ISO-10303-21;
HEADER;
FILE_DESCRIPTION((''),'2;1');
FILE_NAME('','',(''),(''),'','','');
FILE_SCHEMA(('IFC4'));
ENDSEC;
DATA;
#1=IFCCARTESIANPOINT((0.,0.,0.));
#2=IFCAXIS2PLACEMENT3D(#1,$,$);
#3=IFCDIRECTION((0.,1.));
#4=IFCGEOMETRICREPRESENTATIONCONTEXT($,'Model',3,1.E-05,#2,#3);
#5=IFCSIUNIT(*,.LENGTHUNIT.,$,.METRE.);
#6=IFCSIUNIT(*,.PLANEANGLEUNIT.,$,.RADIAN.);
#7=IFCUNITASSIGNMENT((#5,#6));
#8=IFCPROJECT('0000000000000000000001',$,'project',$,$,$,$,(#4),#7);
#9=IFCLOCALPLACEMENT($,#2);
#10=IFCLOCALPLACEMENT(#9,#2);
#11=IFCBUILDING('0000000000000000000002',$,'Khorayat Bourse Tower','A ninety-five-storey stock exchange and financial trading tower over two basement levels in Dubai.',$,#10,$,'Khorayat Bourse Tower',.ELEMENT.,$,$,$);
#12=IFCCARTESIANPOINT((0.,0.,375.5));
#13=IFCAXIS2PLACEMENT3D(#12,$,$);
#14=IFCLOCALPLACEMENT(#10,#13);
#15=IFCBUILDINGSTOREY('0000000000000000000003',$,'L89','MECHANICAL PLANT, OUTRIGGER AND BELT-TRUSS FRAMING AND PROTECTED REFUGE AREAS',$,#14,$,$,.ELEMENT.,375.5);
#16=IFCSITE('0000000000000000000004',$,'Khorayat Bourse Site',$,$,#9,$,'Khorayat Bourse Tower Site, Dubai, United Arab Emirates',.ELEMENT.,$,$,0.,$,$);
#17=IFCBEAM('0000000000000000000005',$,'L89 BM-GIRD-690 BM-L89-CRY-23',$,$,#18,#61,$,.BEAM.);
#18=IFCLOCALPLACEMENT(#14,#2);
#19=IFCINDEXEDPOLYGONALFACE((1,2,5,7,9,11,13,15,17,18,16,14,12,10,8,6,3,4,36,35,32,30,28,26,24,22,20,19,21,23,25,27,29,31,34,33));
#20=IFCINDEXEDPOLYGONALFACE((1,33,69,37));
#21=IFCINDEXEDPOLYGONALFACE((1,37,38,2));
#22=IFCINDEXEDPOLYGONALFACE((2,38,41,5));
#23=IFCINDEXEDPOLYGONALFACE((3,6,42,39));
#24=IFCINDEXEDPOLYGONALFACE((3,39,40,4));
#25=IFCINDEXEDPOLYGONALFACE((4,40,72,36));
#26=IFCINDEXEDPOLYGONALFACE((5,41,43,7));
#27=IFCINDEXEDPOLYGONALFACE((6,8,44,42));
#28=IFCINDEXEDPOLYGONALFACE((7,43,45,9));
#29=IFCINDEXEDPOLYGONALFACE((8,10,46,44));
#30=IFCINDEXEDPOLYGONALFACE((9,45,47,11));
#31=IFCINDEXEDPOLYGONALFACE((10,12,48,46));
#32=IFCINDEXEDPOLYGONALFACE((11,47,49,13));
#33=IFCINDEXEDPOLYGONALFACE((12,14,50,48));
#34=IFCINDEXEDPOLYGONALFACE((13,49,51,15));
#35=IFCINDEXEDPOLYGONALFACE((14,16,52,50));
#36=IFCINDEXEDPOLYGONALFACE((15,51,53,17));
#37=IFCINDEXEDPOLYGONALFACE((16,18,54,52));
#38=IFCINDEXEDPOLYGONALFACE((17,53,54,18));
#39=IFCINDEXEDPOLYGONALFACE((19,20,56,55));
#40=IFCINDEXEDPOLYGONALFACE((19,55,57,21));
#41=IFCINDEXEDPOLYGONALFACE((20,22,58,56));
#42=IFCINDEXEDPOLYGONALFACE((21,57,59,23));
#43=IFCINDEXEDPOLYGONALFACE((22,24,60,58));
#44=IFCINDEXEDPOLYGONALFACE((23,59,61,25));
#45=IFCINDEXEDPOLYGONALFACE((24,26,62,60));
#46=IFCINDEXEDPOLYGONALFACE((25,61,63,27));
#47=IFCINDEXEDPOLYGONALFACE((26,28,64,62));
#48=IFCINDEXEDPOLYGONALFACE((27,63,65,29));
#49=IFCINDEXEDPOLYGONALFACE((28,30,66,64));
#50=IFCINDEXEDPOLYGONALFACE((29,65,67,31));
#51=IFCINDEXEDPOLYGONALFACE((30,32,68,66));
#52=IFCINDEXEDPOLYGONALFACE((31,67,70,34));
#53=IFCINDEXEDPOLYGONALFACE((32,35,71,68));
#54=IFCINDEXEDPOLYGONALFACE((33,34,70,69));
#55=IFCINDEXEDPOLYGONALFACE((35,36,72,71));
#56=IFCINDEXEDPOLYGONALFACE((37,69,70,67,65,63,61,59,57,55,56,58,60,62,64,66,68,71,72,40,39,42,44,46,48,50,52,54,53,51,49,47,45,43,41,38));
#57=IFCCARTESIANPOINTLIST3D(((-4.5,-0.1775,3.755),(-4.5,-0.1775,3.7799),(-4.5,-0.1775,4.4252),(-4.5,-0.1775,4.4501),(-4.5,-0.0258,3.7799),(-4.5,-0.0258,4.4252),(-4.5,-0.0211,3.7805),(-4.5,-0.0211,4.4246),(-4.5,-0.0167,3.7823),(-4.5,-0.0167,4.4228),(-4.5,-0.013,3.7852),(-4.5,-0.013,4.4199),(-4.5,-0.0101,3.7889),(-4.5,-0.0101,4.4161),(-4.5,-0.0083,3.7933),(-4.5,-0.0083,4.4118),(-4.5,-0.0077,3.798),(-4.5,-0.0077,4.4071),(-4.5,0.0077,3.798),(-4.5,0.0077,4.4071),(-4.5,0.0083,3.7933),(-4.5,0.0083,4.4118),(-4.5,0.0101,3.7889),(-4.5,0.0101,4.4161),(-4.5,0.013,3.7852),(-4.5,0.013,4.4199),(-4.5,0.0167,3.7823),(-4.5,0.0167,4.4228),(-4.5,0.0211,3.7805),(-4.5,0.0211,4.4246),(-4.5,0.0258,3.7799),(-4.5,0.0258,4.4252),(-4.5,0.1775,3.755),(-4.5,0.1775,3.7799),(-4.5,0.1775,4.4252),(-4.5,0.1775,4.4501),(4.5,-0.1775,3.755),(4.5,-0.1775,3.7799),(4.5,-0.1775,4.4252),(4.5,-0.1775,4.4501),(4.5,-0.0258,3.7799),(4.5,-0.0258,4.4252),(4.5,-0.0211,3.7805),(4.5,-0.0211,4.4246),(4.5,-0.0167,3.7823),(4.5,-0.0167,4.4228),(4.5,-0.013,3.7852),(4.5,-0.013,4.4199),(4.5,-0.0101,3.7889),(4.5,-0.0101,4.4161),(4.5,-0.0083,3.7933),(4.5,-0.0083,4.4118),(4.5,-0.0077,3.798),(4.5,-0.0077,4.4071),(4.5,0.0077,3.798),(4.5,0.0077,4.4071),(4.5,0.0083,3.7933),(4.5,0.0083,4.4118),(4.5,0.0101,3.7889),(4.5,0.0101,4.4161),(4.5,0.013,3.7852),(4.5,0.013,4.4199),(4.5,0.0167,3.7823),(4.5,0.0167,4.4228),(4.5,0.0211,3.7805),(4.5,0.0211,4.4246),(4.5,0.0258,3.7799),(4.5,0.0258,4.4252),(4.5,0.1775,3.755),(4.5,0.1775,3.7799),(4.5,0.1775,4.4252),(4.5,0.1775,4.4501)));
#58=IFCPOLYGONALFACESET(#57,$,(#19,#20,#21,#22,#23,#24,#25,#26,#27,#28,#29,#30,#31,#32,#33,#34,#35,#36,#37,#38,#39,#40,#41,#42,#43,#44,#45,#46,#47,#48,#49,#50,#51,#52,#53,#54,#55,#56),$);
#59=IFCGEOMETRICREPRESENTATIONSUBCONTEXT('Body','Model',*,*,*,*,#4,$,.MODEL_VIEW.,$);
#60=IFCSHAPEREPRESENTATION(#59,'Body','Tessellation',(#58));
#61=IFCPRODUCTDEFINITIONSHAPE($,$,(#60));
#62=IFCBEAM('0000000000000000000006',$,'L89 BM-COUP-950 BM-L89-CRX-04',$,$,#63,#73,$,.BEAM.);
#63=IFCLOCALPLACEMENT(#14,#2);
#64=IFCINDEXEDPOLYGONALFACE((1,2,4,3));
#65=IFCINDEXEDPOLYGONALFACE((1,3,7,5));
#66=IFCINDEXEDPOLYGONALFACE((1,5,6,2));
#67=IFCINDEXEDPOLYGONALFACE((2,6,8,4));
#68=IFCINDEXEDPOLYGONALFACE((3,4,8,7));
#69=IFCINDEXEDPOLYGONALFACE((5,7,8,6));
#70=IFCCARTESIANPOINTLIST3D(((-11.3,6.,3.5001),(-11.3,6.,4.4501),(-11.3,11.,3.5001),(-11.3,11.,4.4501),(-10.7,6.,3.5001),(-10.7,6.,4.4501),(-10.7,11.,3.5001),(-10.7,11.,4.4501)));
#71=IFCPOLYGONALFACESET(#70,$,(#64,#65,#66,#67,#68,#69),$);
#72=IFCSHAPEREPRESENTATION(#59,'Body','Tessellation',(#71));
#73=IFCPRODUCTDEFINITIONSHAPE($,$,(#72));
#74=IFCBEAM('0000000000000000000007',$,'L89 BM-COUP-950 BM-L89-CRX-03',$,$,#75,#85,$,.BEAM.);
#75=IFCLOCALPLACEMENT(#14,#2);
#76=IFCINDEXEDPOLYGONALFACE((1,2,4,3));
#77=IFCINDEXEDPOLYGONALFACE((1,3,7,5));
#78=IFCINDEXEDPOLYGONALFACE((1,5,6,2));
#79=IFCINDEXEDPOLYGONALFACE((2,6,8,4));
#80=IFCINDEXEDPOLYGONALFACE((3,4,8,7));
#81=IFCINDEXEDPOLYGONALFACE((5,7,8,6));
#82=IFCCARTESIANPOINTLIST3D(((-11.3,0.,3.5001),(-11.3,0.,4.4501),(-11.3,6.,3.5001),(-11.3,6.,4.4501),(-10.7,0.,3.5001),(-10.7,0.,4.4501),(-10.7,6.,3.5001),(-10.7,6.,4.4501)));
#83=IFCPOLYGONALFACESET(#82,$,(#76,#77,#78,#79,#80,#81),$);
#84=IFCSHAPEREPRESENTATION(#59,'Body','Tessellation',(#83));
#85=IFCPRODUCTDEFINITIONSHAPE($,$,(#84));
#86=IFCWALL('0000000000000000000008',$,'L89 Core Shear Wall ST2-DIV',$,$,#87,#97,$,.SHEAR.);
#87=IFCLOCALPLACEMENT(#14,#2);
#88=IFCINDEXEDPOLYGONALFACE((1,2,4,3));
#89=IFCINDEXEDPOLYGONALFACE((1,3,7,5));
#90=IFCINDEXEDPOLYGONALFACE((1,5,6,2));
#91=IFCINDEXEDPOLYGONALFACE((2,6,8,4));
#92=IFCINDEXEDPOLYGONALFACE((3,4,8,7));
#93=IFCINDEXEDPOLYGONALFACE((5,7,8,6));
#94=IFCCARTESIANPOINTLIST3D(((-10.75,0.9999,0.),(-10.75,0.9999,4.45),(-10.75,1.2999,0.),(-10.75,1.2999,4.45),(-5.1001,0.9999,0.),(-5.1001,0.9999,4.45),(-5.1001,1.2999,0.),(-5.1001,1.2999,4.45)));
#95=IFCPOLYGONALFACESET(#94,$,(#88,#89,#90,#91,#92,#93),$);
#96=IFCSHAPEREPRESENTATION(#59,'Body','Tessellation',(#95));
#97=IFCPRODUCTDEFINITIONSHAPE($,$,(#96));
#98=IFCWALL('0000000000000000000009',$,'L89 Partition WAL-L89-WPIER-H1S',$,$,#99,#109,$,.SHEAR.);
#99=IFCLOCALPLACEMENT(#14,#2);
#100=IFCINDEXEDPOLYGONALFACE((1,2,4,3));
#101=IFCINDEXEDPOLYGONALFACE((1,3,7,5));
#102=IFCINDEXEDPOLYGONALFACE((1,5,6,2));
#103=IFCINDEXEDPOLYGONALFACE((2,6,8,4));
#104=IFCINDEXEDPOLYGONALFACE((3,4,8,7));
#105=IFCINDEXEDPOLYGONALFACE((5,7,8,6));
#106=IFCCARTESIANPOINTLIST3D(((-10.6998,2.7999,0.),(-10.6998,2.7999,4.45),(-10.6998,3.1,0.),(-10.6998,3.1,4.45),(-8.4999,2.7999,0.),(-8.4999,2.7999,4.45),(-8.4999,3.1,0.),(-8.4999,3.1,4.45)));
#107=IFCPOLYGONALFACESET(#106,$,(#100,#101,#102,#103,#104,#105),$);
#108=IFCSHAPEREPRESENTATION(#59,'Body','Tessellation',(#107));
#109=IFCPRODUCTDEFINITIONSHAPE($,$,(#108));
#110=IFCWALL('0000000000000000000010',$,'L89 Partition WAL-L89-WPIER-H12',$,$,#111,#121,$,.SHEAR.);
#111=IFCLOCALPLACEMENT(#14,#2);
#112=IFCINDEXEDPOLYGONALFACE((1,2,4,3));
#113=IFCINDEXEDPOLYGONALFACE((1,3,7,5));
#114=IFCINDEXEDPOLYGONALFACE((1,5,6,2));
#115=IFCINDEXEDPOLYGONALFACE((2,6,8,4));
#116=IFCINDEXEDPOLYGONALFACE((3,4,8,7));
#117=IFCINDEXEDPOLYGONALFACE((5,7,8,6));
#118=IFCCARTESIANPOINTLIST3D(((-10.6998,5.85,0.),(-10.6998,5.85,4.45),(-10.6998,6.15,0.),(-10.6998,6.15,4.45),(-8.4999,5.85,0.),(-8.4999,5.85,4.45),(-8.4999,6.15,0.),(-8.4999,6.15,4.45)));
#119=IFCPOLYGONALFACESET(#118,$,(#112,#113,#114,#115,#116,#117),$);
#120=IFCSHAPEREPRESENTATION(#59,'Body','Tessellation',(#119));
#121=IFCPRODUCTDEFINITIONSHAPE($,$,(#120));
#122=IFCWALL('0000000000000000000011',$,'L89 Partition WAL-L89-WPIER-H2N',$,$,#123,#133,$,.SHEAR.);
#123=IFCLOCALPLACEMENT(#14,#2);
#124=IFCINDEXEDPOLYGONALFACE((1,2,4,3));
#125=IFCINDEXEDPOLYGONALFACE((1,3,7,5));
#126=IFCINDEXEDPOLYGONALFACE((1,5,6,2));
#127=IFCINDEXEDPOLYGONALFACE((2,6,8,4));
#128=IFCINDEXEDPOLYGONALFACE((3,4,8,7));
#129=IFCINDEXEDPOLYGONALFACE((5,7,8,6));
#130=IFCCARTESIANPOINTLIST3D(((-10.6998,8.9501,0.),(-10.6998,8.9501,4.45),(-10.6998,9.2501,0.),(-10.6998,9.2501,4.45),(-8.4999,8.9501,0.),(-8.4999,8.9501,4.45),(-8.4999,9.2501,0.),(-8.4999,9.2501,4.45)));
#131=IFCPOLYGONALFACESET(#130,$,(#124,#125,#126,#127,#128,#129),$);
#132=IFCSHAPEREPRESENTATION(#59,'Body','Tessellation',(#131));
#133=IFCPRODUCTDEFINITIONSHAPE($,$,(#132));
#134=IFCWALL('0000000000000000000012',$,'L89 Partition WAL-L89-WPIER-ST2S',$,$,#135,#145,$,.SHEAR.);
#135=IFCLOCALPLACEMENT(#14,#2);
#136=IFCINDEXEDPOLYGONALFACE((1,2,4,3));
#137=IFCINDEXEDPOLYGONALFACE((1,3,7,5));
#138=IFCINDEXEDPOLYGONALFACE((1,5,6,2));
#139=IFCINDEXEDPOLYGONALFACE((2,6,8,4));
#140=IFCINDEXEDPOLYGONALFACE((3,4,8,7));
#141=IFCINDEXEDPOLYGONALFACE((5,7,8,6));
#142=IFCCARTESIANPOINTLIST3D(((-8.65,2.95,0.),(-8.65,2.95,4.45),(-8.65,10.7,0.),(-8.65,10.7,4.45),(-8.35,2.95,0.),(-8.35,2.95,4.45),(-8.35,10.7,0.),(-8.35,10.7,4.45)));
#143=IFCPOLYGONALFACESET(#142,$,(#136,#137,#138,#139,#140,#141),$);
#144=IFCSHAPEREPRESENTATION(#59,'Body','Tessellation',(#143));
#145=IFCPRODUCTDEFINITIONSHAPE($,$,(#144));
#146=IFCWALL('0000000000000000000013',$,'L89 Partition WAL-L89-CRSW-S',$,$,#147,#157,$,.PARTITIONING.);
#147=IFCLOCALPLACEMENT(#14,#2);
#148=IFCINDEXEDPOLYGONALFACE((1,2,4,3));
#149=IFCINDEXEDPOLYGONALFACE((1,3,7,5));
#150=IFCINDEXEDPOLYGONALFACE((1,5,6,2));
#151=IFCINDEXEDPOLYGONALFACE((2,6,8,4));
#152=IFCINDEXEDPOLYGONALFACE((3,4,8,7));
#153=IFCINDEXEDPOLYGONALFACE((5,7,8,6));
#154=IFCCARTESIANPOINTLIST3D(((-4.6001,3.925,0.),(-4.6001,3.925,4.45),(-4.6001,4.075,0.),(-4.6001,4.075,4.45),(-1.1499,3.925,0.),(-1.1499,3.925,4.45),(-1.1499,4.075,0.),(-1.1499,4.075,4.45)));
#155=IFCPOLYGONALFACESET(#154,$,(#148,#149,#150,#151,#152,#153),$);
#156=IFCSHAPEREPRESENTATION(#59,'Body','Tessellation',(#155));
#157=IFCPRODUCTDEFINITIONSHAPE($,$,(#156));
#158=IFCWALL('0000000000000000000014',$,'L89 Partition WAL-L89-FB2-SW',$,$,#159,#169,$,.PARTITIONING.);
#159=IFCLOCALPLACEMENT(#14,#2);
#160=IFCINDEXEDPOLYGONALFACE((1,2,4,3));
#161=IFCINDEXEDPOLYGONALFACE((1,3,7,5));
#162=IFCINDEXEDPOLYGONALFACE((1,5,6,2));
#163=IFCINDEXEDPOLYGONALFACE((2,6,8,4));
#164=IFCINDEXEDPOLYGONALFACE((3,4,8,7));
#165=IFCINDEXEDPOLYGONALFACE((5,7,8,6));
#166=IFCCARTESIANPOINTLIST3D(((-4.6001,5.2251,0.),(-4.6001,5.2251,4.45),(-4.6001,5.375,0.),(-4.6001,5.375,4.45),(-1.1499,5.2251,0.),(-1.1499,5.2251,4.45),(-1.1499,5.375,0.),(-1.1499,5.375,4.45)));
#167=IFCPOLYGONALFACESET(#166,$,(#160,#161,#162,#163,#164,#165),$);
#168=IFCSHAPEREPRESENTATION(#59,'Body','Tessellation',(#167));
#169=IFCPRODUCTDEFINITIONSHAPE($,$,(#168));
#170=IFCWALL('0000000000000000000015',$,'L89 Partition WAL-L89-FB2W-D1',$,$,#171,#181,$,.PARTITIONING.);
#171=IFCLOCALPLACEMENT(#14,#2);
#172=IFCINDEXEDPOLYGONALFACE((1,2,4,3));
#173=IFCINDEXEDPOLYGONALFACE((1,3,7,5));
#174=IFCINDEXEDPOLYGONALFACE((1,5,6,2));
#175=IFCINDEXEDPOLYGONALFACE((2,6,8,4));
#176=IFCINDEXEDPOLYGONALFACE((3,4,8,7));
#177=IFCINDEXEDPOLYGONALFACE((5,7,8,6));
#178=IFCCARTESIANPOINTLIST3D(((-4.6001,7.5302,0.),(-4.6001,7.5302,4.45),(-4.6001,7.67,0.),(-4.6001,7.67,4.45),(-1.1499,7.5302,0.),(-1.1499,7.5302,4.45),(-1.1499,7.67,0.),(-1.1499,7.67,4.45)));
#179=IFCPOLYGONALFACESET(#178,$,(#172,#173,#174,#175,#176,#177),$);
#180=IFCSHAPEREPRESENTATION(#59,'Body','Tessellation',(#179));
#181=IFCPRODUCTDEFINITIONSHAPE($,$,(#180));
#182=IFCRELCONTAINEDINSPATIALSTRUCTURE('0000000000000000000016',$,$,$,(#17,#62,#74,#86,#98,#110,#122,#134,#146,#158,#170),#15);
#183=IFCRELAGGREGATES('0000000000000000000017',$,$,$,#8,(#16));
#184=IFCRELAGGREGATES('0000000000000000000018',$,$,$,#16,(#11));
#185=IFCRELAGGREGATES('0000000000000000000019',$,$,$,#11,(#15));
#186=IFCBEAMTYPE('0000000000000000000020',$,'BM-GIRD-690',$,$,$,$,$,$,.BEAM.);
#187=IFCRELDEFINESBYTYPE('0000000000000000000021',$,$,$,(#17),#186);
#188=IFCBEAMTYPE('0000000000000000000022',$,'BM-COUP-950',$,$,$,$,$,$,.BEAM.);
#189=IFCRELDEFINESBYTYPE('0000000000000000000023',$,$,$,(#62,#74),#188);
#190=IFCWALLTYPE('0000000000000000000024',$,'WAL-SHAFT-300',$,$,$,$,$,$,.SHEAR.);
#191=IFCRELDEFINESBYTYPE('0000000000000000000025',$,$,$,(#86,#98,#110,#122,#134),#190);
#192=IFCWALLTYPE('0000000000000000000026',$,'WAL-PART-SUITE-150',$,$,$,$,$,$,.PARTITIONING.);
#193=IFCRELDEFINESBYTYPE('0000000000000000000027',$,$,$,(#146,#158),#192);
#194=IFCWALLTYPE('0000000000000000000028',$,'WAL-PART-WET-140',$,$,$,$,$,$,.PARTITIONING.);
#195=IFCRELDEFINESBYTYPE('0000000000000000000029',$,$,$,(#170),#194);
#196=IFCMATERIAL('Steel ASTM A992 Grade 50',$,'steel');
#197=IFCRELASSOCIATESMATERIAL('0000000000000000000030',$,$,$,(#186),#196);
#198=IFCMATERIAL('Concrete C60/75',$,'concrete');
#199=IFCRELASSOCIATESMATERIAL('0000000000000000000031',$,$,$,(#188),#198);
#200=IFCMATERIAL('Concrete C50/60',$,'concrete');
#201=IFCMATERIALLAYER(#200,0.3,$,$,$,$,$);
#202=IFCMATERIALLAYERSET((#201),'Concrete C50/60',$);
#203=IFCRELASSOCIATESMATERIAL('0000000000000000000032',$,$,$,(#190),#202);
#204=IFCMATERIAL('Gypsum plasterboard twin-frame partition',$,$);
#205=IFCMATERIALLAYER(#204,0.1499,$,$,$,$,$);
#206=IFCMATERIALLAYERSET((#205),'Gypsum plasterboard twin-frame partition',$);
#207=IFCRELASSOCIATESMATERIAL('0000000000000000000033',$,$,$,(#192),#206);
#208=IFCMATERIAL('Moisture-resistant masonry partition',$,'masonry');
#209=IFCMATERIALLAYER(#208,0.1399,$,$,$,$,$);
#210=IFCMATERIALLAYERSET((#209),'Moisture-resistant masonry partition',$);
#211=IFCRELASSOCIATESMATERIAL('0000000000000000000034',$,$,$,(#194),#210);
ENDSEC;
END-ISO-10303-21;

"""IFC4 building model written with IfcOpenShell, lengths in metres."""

from ifc_helpers import new_model, si_unit, direction, frame, frame_2d, origin, origin_2d, place, context, subcontext, project, spatial, rectangle, i_section, extrude, source, transform, mapped, material, layer, layer_set, material_profile, profile_set, type_object, element, save


model = new_model("IFC4")

# Units and contexts
model_context = context("Model", 3, precision=1e-05, world=origin(), true_north=direction((0.0, 1.0)))
body_context = subcontext(model_context, "Body", "Model", "MODEL_VIEW")
ifc_project = project(units=[si_unit("LENGTHUNIT", "METRE"), si_unit("PLANEANGLEUNIT", "RADIAN")], contexts=[model_context])

# Site, building, storey
site_placement = place(None, origin())
site = spatial("IfcSite", under=ifc_project, at=site_placement, Name="Khorayat Bourse Site", LongName="Khorayat Bourse Tower Site, Dubai, United Arab Emirates", CompositionType="ELEMENT", RefElevation=0.0)
building_placement = place(site_placement, origin())
building = spatial("IfcBuilding", under=site, at=building_placement, Name="Khorayat Bourse Tower", Description="A ninety-five-storey stock exchange and financial trading tower over two basement levels in Dubai.", LongName="Khorayat Bourse Tower", CompositionType="ELEMENT")
storey_placement = place(building_placement, frame((0.0, 0.0, 375.5)))
storey = spatial("IfcBuildingStorey", under=building, at=storey_placement, Name="L89", Description="MECHANICAL PLANT, OUTRIGGER AND BELT-TRUSS FRAMING AND PROTECTED REFUGE AREAS", CompositionType="ELEMENT", Elevation=375.5)

# Beams
ifc_material_1 = material(Name="Steel ASTM A992 Grade 50", Category="steel")
ifc_material_profile_1 = material_profile(ifc_material_1, i_section(OverallWidth=0.355, OverallDepth=0.6951, WebThickness=0.0154, FlangeThickness=0.0249, FilletRadius=0.0181, at=origin_2d()), Name="W690X217")
ifc_profile_set_1 = profile_set([ifc_material_profile_1], Name="Steel ASTM A992 Grade 50")
beam_type_1 = type_object("IfcBeamType", Name="BM-GIRD-690", PredefinedType="BEAM", material=ifc_profile_set_1)
shared_shape_1 = source(origin(), body_context, "Body", "SweptSolid", [
    extrude(i_section(OverallWidth=0.355, OverallDepth=0.6951, WebThickness=0.0154, FlangeThickness=0.0249, FilletRadius=0.0181, at=origin_2d()), origin(), (0.0, 0.0, 1.0), 9.0),
])
beam_1_placement = place(storey_placement, frame((-4.5, 0.0, 4.1025), z_axis=(1.0, 0.0, 0.0), x_axis=(0.0, 1.0, 0.0)))
element("IfcBeam", 1, at=beam_1_placement, inside=storey, type_object=beam_type_1, Name="L89 BM-GIRD-690 BM-L89-CRY-23", PredefinedType="BEAM", context=body_context, shape_type="MappedRepresentation", body=[
    mapped(shared_shape_1, transform((0.0, 0.0, 0.0), scale=1.0)),
])
ifc_material_2 = material(Name="Concrete C60/75", Category="concrete")
ifc_material_profile_2 = material_profile(ifc_material_2, rectangle(XDim=0.6001, YDim=0.95, at=origin_2d()), Name="RC 600x950")
ifc_profile_set_2 = profile_set([ifc_material_profile_2], Name="Concrete C60/75")
beam_type_2 = type_object("IfcBeamType", Name="BM-COUP-950", PredefinedType="BEAM", material=ifc_profile_set_2)
shared_shape_2 = source(origin(), body_context, "Body", "SweptSolid", [
    extrude(rectangle(XDim=0.6001, YDim=0.95, at=origin_2d()), origin(), (0.0, 0.0, 1.0), 5.0),
])
beam_2_placement = place(storey_placement, frame((-11.0, 6.0, 3.9751), z_axis=(0.0, 1.0, 0.0), x_axis=(-1.0, 0.0, 0.0)))
element("IfcBeam", 2, at=beam_2_placement, inside=storey, type_object=beam_type_2, Name="L89 BM-COUP-950 BM-L89-CRX-04", PredefinedType="BEAM", context=body_context, shape_type="MappedRepresentation", body=[
    mapped(shared_shape_2, transform((0.0, 0.0, 0.0), scale=1.0)),
])
shared_shape_3 = source(origin(), body_context, "Body", "SweptSolid", [
    extrude(rectangle(XDim=0.6001, YDim=0.95, at=origin_2d()), origin(), (0.0, 0.0, 1.0), 6.0),
])
beam_3_placement = place(storey_placement, frame((-11.0, 0.0, 3.9751), z_axis=(0.0, 1.0, 0.0), x_axis=(-1.0, 0.0, 0.0)))
element("IfcBeam", 3, at=beam_3_placement, inside=storey, type_object=beam_type_2, Name="L89 BM-COUP-950 BM-L89-CRX-03", PredefinedType="BEAM", context=body_context, shape_type="MappedRepresentation", body=[
    mapped(shared_shape_3, transform((0.0, 0.0, 0.0), scale=1.0)),
])

# Walls
ifc_material_3 = material(Name="Concrete C50/60", Category="concrete")
ifc_layer_1 = layer(ifc_material_3, 0.3)
ifc_layer_set_1 = layer_set([ifc_layer_1], Name="Concrete C50/60")
wall_type_1 = type_object("IfcWallType", Name="WAL-SHAFT-300", PredefinedType="SHEAR", material=ifc_layer_set_1)
shared_shape_4 = source(origin(), body_context, "Body", "SweptSolid", [
    extrude(rectangle(XDim=5.6499, YDim=0.3, at=frame_2d((2.825, 0.0))), origin(), (0.0, 0.0, 1.0), 4.45),
])
wall_1_placement = place(storey_placement, frame((-10.75, 1.1499, 0.0), z_axis=(0.0, 0.0, 1.0), x_axis=(1.0, 0.0, 0.0)))
element("IfcWall", 4, at=wall_1_placement, inside=storey, type_object=wall_type_1, Name="L89 Core Shear Wall ST2-DIV", PredefinedType="SHEAR", context=body_context, shape_type="MappedRepresentation", body=[
    mapped(shared_shape_4, transform((0.0, 0.0, 0.0), scale=1.0)),
])
shared_shape_5 = source(origin(), body_context, "Body", "SweptSolid", [
    extrude(rectangle(XDim=2.2, YDim=0.3, at=frame_2d((1.1001, 0.0))), origin(), (0.0, 0.0, 1.0), 4.45),
])
for number, where, z_axis, x_axis, name in (
    (5, (-10.7, 2.95, 0.0), (0.0, 0.0, 1.0), (1.0, 0.0, 0.0), "L89 Partition WAL-L89-WPIER-H1S"),
    (6, (-10.7, 6.0, 0.0), (0.0, 0.0, 1.0), (1.0, 0.0, 0.0), "L89 Partition WAL-L89-WPIER-H12"),
    (7, (-10.7, 9.1001, 0.0), (0.0, 0.0, 1.0), (1.0, 0.0, 0.0), "L89 Partition WAL-L89-WPIER-H2N"),
):
    element("IfcWall", number, at=place(storey_placement, frame(where, z_axis=z_axis, x_axis=x_axis)), inside=storey, type_object=wall_type_1, Name=name, PredefinedType="SHEAR", context=body_context, shape_type="MappedRepresentation", body=[
        mapped(shared_shape_5, transform((0.0, 0.0, 0.0), scale=1.0)),
    ])
shared_shape_6 = source(origin(), body_context, "Body", "SweptSolid", [
    extrude(rectangle(XDim=7.75, YDim=0.3, at=frame_2d((3.875, 0.0))), origin(), (0.0, 0.0, 1.0), 4.45),
])
wall_2_placement = place(storey_placement, frame((-8.5, 2.95, 0.0), z_axis=(0.0, 0.0, 1.0), x_axis=(0.0, 1.0, 0.0)))
element("IfcWall", 8, at=wall_2_placement, inside=storey, type_object=wall_type_1, Name="L89 Partition WAL-L89-WPIER-ST2S", PredefinedType="SHEAR", context=body_context, shape_type="MappedRepresentation", body=[
    mapped(shared_shape_6, transform((0.0, 0.0, 0.0), scale=1.0)),
])
ifc_material_4 = material(Name="Gypsum plasterboard twin-frame partition")
ifc_layer_2 = layer(ifc_material_4, 0.1499)
ifc_layer_set_2 = layer_set([ifc_layer_2], Name="Gypsum plasterboard twin-frame partition")
wall_type_2 = type_object("IfcWallType", Name="WAL-PART-SUITE-150", PredefinedType="PARTITIONING", material=ifc_layer_set_2)
shared_shape_7 = source(origin(), body_context, "Body", "SweptSolid", [
    extrude(rectangle(XDim=3.4502, YDim=0.1499, at=frame_2d((1.7251, 0.0))), origin(), (0.0, 0.0, 1.0), 4.45),
])
for number, where, z_axis, x_axis, name in (
    (9, (-4.6001, 4.0, 0.0), (0.0, 0.0, 1.0), (1.0, 0.0, 0.0), "L89 Partition WAL-L89-CRSW-S"),
    (10, (-4.6001, 5.3, 0.0), (0.0, 0.0, 1.0), (1.0, 0.0, 0.0), "L89 Partition WAL-L89-FB2-SW"),
):
    element("IfcWall", number, at=place(storey_placement, frame(where, z_axis=z_axis, x_axis=x_axis)), inside=storey, type_object=wall_type_2, Name=name, PredefinedType="PARTITIONING", context=body_context, shape_type="MappedRepresentation", body=[
        mapped(shared_shape_7, transform((0.0, 0.0, 0.0), scale=1.0)),
    ])
ifc_material_5 = material(Name="Moisture-resistant masonry partition", Category="masonry")
ifc_layer_3 = layer(ifc_material_5, 0.1399)
ifc_layer_set_3 = layer_set([ifc_layer_3], Name="Moisture-resistant masonry partition")
wall_type_3 = type_object("IfcWallType", Name="WAL-PART-WET-140", PredefinedType="PARTITIONING", material=ifc_layer_set_3)
shared_shape_8 = source(origin(), body_context, "Body", "SweptSolid", [
    extrude(rectangle(XDim=3.4502, YDim=0.1399, at=frame_2d((1.7251, 0.0))), origin(), (0.0, 0.0, 1.0), 4.45),
])
wall_3_placement = place(storey_placement, frame((-4.6001, 7.6001, 0.0), z_axis=(0.0, 0.0, 1.0), x_axis=(1.0, 0.0, 0.0)))
element("IfcWall", 11, at=wall_3_placement, inside=storey, type_object=wall_type_3, Name="L89 Partition WAL-L89-FB2W-D1", PredefinedType="PARTITIONING", context=body_context, shape_type="MappedRepresentation", body=[
    mapped(shared_shape_8, transform((0.0, 0.0, 0.0), scale=1.0)),
])

save(model, "model.ifc")
